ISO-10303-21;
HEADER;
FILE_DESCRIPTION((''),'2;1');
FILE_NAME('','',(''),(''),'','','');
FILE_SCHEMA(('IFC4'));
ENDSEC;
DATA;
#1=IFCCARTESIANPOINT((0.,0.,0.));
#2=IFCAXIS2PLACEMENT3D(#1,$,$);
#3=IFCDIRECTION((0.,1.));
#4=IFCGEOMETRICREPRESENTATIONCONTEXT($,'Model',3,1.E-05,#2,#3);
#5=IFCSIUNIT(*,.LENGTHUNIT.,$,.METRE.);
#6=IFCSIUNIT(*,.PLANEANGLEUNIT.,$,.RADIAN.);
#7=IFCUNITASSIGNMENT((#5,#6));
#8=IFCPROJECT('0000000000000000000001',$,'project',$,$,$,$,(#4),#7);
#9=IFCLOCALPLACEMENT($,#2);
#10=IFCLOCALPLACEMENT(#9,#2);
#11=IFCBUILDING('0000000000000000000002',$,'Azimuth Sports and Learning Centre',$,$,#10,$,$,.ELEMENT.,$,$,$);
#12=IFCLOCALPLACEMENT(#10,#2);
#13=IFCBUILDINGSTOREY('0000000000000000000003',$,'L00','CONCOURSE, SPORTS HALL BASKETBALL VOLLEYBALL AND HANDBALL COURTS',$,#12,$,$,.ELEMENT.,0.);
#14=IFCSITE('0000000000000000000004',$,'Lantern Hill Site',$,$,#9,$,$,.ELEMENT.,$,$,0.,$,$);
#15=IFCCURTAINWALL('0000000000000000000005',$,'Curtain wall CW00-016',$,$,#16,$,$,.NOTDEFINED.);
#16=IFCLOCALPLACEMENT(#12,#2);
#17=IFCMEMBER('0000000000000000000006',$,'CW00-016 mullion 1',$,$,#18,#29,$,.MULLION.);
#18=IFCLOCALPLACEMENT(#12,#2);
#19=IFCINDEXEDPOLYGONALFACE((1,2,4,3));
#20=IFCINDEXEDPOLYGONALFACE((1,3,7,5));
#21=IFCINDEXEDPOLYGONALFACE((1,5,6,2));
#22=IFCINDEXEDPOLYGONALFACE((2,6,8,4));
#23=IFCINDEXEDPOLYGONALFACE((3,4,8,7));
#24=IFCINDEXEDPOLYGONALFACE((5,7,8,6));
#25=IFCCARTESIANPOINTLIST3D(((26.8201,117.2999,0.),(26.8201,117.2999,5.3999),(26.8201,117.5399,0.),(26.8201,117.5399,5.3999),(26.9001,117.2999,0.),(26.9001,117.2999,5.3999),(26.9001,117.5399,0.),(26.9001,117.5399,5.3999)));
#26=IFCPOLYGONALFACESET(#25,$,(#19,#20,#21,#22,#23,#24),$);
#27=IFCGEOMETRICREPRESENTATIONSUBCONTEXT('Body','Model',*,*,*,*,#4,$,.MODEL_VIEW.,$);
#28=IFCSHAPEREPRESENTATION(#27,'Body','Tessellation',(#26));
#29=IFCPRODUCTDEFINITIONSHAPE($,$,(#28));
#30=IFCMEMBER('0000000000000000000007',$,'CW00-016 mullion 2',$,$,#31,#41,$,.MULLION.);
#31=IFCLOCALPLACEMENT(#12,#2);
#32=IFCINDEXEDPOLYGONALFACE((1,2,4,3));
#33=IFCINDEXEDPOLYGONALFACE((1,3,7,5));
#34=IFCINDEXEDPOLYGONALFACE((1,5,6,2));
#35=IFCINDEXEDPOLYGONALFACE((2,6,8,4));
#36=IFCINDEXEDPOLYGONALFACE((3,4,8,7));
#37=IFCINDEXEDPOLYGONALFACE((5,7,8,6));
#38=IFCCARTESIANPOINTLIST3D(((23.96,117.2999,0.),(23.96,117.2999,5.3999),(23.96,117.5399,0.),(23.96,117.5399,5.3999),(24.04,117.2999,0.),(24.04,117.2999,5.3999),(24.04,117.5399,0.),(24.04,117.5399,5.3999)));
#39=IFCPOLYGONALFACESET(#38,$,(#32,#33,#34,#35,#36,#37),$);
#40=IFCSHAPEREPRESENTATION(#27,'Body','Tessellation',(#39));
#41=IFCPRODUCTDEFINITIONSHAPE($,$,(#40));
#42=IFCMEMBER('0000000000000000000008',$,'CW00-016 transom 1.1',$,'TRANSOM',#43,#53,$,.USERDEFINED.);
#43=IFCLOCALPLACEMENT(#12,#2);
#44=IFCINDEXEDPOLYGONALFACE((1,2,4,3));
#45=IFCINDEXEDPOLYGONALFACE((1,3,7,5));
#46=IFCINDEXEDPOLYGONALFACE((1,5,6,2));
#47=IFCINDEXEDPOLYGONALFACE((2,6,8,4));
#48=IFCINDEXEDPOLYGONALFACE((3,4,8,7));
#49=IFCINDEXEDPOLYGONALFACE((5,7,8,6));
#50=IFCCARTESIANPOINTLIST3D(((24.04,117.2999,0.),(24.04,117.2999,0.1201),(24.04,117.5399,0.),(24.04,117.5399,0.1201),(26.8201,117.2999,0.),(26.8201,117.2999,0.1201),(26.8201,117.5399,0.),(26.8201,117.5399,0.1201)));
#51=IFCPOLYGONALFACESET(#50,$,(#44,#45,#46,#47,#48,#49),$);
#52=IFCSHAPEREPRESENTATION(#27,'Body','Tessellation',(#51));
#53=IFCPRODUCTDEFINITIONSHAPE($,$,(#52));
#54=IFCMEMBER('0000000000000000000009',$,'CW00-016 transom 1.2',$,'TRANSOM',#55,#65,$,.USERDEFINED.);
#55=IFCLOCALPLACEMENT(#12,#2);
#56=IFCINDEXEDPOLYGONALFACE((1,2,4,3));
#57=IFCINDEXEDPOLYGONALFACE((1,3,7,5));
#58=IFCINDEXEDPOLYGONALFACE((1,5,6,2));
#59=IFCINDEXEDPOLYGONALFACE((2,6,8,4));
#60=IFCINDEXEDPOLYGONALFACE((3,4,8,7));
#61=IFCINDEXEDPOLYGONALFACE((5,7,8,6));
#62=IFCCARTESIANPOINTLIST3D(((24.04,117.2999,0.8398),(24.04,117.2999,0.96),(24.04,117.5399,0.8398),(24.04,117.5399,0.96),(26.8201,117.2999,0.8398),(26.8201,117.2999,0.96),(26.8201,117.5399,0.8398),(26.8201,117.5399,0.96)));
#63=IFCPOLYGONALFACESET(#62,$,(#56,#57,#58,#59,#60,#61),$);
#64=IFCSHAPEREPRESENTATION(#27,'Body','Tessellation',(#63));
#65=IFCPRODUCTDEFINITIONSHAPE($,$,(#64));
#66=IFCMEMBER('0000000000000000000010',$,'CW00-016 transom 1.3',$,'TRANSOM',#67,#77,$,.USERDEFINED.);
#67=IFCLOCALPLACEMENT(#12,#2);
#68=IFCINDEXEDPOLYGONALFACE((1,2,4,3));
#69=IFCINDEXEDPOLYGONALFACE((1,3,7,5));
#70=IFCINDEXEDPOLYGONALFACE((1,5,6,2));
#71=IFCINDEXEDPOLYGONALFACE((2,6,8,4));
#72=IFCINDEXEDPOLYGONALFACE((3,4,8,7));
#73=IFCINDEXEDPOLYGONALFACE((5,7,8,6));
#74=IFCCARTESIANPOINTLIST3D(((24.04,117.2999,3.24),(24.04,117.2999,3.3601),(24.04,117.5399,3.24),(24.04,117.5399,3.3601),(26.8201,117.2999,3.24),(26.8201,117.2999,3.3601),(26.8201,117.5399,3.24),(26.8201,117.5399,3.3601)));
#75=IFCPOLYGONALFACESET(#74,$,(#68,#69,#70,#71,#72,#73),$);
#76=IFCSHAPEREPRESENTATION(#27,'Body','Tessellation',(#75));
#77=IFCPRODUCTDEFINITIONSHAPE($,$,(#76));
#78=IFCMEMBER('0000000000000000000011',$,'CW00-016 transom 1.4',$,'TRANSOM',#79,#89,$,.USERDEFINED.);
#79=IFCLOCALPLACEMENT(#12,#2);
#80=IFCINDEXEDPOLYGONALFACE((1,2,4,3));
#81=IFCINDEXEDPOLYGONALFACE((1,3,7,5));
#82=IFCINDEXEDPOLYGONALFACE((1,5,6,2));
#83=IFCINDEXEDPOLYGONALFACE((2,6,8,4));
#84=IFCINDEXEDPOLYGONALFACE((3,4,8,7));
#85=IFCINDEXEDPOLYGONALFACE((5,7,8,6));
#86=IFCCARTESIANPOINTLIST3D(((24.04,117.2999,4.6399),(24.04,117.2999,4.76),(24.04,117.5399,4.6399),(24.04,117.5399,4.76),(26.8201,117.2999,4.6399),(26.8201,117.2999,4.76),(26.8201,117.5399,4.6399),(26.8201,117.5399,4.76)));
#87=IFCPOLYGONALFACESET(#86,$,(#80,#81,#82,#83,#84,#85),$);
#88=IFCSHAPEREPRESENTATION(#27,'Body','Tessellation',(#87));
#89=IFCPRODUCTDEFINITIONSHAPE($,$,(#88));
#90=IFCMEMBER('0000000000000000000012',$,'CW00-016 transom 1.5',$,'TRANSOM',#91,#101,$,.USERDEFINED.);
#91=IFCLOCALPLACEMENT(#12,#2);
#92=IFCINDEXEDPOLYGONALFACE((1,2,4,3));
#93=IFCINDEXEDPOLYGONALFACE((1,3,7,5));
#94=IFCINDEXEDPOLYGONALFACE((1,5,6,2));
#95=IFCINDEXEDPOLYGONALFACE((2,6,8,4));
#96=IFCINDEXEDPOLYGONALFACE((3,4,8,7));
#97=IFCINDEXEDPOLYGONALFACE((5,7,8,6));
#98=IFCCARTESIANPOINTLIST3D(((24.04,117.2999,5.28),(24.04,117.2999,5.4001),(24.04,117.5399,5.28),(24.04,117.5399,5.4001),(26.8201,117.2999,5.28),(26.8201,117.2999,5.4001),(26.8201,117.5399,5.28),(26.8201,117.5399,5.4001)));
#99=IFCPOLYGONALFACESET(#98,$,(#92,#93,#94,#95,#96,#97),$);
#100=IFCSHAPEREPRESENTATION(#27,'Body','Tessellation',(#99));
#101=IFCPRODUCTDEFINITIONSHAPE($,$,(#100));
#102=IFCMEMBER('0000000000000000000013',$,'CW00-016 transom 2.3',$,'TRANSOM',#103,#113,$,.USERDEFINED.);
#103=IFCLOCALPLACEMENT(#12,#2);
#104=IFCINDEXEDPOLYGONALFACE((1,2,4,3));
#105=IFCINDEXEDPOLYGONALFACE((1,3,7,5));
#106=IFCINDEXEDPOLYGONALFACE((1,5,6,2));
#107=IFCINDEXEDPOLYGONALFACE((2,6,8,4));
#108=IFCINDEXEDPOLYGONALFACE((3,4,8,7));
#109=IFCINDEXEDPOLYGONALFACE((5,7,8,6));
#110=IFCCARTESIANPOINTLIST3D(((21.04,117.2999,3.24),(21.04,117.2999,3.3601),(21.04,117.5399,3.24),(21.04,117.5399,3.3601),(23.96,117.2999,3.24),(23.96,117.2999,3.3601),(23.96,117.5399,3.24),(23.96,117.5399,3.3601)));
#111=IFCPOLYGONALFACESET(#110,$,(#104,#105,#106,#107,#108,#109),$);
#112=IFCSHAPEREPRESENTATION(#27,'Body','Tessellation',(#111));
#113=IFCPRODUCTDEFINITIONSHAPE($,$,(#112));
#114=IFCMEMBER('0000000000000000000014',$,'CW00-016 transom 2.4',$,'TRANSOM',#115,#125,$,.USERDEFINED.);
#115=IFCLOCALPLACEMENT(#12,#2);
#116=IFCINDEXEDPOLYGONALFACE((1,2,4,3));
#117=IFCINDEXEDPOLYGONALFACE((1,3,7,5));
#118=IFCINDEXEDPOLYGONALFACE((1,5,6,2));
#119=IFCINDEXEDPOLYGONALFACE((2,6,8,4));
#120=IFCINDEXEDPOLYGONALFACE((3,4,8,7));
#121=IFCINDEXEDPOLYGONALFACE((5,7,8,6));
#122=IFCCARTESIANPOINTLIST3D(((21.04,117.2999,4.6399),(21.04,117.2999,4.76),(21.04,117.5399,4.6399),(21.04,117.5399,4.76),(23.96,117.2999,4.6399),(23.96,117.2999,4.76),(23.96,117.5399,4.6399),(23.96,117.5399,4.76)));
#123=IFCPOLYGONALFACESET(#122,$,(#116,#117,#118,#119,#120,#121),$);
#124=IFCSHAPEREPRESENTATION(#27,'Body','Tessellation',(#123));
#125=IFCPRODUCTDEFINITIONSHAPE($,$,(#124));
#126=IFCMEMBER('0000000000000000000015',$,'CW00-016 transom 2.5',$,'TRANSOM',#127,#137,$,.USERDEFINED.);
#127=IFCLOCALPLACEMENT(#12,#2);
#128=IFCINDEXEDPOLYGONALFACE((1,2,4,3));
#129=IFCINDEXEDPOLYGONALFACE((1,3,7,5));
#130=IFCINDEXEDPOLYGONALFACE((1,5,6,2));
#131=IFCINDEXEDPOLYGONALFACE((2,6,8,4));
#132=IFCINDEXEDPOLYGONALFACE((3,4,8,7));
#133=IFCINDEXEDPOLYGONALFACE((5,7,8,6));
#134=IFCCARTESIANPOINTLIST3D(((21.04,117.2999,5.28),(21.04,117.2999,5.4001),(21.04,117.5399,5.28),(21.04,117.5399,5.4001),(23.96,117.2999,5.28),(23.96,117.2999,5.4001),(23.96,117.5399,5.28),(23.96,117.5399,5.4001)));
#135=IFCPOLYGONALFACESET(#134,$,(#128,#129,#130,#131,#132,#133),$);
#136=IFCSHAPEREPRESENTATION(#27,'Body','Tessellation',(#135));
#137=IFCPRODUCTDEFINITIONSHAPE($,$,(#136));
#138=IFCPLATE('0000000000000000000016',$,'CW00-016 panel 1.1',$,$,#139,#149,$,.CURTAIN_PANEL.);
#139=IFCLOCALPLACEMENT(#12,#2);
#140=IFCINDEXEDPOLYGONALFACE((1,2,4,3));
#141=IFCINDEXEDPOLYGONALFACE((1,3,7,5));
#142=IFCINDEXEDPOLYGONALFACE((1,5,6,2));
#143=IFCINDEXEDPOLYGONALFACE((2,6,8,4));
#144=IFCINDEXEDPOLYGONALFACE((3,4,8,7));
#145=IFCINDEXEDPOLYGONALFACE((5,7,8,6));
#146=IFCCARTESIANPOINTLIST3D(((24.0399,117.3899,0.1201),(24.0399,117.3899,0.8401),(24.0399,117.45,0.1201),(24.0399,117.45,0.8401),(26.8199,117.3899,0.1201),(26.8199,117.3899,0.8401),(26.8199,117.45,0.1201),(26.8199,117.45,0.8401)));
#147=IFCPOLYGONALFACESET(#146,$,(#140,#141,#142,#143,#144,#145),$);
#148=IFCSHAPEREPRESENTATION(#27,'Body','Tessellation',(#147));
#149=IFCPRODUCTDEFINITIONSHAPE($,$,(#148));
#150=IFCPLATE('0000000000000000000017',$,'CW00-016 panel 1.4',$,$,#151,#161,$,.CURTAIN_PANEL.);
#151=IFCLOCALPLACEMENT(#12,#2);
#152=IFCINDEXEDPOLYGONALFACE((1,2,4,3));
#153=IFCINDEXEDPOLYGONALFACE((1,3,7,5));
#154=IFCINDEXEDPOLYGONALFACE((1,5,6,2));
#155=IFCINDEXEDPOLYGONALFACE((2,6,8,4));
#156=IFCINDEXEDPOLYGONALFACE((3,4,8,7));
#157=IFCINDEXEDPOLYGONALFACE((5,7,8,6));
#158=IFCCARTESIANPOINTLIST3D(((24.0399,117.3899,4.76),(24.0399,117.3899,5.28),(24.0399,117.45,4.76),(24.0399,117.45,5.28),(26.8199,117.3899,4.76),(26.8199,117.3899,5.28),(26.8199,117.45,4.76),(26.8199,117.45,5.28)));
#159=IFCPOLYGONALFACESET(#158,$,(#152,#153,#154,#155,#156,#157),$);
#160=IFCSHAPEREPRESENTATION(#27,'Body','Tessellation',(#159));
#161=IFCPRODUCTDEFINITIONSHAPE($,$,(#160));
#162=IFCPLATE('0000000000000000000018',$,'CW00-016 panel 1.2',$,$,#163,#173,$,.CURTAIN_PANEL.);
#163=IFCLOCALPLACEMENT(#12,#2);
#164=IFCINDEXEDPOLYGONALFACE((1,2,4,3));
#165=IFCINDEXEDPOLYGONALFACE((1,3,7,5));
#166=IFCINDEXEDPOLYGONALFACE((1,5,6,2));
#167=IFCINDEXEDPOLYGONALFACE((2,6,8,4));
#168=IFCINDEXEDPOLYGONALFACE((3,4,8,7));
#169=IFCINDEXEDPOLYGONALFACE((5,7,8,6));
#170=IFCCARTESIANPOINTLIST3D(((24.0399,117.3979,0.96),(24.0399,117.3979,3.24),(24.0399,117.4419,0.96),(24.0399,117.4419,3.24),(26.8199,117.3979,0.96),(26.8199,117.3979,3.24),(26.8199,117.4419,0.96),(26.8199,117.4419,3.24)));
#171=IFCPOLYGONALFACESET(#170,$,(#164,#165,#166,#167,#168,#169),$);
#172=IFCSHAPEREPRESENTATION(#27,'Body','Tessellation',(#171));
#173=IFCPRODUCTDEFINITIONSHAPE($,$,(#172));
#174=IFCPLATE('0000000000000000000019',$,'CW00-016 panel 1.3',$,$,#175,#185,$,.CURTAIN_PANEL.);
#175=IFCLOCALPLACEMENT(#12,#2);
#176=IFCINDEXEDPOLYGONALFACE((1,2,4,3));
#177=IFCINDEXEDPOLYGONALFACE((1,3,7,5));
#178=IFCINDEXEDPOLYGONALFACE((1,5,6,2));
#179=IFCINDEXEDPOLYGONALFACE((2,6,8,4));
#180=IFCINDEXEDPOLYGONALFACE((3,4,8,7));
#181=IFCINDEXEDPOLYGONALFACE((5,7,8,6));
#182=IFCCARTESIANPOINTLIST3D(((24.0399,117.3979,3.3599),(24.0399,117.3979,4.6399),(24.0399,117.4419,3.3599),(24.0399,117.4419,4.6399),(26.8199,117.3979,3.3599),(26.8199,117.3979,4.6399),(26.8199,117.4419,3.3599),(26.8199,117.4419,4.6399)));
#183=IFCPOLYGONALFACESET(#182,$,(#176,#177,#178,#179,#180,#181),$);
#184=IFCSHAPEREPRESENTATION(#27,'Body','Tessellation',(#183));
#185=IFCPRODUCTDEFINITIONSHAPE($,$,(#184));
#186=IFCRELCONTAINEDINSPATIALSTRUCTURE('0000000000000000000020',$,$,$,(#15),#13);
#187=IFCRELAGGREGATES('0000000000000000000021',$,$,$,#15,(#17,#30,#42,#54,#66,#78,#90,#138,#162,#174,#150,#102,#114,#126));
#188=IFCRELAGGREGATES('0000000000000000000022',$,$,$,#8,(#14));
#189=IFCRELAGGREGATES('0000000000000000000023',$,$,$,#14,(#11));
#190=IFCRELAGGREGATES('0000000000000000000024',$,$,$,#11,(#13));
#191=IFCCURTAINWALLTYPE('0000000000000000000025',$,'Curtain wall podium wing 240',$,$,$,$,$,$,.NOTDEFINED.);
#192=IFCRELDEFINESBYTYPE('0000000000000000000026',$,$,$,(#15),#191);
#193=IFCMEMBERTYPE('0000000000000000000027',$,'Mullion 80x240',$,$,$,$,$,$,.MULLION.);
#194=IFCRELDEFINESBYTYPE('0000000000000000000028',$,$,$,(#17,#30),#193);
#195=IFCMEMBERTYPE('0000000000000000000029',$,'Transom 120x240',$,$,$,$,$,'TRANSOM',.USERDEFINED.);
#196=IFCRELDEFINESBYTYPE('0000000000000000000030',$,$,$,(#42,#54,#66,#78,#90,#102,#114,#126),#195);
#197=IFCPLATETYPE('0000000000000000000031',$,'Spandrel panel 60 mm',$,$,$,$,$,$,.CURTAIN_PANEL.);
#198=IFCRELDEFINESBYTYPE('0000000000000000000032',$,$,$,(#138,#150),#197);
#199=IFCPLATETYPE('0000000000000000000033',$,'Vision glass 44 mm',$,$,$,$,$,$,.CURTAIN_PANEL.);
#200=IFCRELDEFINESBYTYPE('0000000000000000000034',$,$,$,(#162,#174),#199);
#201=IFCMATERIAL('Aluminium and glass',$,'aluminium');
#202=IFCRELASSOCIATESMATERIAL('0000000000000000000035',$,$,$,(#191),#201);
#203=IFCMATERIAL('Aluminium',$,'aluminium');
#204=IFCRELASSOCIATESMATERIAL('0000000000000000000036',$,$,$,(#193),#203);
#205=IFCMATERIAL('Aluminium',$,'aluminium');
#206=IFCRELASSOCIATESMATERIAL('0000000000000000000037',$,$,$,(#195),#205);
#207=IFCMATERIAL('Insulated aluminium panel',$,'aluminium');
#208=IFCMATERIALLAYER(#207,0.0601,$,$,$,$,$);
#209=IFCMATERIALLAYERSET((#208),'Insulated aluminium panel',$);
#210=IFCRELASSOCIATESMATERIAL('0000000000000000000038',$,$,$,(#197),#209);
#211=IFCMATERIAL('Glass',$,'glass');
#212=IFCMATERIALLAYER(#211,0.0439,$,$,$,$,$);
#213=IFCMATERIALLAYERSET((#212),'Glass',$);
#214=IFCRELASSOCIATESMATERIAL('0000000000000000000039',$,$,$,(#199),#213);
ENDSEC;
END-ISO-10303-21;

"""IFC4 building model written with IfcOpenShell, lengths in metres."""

from ifc_helpers import new_model, si_unit, direction, frame, origin, origin_2d, place, context, subcontext, project, spatial, rectangle, extrude, material, layer, layer_set, material_profile, profile_set, type_object, element, aggregate, save


model = new_model("IFC4")

# Units and contexts
model_context = context("Model", 3, precision=1e-05, world=origin(), true_north=direction((0.0, 1.0)))
body_context = subcontext(model_context, "Body", "Model", "MODEL_VIEW")
ifc_project = project(units=[si_unit("LENGTHUNIT", "METRE"), si_unit("PLANEANGLEUNIT", "RADIAN")], contexts=[model_context])

# Site, building, storey
site_placement = place(None, origin())
site = spatial("IfcSite", under=ifc_project, at=site_placement, Name="Lantern Hill Site", CompositionType="ELEMENT", RefElevation=0.0)
building_placement = place(site_placement, origin())
building = spatial("IfcBuilding", under=site, at=building_placement, Name="Azimuth Sports and Learning Centre", CompositionType="ELEMENT")
storey_placement = place(building_placement, origin())
storey = spatial("IfcBuildingStorey", under=building, at=storey_placement, Name="L00", Description="CONCOURSE, SPORTS HALL BASKETBALL VOLLEYBALL AND HANDBALL COURTS", CompositionType="ELEMENT", Elevation=0.0)

# Curtain wall, members, plates
ifc_material_1 = material(Name="Aluminium and glass", Category="aluminium")
curtain_wall_type = type_object("IfcCurtainWallType", Name="Curtain wall podium wing 240", PredefinedType="NOTDEFINED", material=ifc_material_1)
curtain_wall_placement = place(storey_placement, origin())
curtain_wall = element("IfcCurtainWall", 1, at=curtain_wall_placement, inside=storey, type_object=curtain_wall_type, Name="Curtain wall CW00-016", PredefinedType="NOTDEFINED")
ifc_material_2 = material(Name="Aluminium", Category="aluminium")
ifc_material_profile_1 = material_profile(ifc_material_2, rectangle(XDim=0.24, YDim=0.0801, at=origin_2d()), Name="Mullion 80x240")
ifc_profile_set_1 = profile_set([ifc_material_profile_1], Name="Aluminium")
member_type_1 = type_object("IfcMemberType", Name="Mullion 80x240", PredefinedType="MULLION", material=ifc_profile_set_1)
member_1_placement = place(storey_placement, frame((26.8601, 117.4199, 0.0), z_axis=(0.0, 0.0, 1.0), x_axis=(0.0, -1.0, 0.0)))
member_1 = element("IfcMember", 2, at=member_1_placement, type_object=member_type_1, Name="CW00-016 mullion 1", PredefinedType="MULLION", context=body_context, shape_type="SweptSolid", body=[
    extrude(rectangle(XDim=0.24, YDim=0.0801, at=origin_2d()), origin(), (0.0, 0.0, 1.0), 5.3999),
])
member_2_placement = place(storey_placement, frame((24.0, 117.4199, 0.0), z_axis=(0.0, 0.0, 1.0), x_axis=(0.0, -1.0, 0.0)))
member_2 = element("IfcMember", 3, at=member_2_placement, type_object=member_type_1, Name="CW00-016 mullion 2", PredefinedType="MULLION", context=body_context, shape_type="SweptSolid", body=[
    extrude(rectangle(XDim=0.24, YDim=0.0801, at=origin_2d()), origin(), (0.0, 0.0, 1.0), 5.3999),
])
ifc_material_3 = material(Name="Aluminium", Category="aluminium")
ifc_material_profile_2 = material_profile(ifc_material_3, rectangle(XDim=0.24, YDim=0.1201, at=origin_2d()), Name="Transom 120x240")
ifc_profile_set_2 = profile_set([ifc_material_profile_2], Name="Aluminium")
member_type_2 = type_object("IfcMemberType", Name="Transom 120x240", ElementType="TRANSOM", PredefinedType="USERDEFINED", material=ifc_profile_set_2)
member_3_placement = place(storey_placement, frame((26.8201, 117.4199, 0.0601), z_axis=(-1.0, 0.0, 0.0), x_axis=(0.0, -1.0, 0.0)))
member_3 = element("IfcMember", 4, at=member_3_placement, type_object=member_type_2, Name="CW00-016 transom 1.1", ObjectType="TRANSOM", PredefinedType="USERDEFINED", context=body_context, shape_type="SweptSolid", body=[
    extrude(rectangle(XDim=0.24, YDim=0.1201, at=origin_2d()), origin(), (0.0, 0.0, 1.0), 2.78),
])
member_4_placement = place(storey_placement, frame((26.8201, 117.4199, 0.8999), z_axis=(-1.0, 0.0, 0.0), x_axis=(0.0, -1.0, 0.0)))
member_4 = element("IfcMember", 5, at=member_4_placement, type_object=member_type_2, Name="CW00-016 transom 1.2", ObjectType="TRANSOM", PredefinedType="USERDEFINED", context=body_context, shape_type="SweptSolid", body=[
    extrude(rectangle(XDim=0.24, YDim=0.1201, at=origin_2d()), origin(), (0.0, 0.0, 1.0), 2.78),
])
member_5_placement = place(storey_placement, frame((26.8201, 117.4199, 3.3), z_axis=(-1.0, 0.0, 0.0), x_axis=(0.0, -1.0, 0.0)))
member_5 = element("IfcMember", 6, at=member_5_placement, type_object=member_type_2, Name="CW00-016 transom 1.3", ObjectType="TRANSOM", PredefinedType="USERDEFINED", context=body_context, shape_type="SweptSolid", body=[
    extrude(rectangle(XDim=0.24, YDim=0.1201, at=origin_2d()), origin(), (0.0, 0.0, 1.0), 2.78),
])
member_6_placement = place(storey_placement, frame((26.8201, 117.4199, 4.7), z_axis=(-1.0, 0.0, 0.0), x_axis=(0.0, -1.0, 0.0)))
member_6 = element("IfcMember", 7, at=member_6_placement, type_object=member_type_2, Name="CW00-016 transom 1.4", ObjectType="TRANSOM", PredefinedType="USERDEFINED", context=body_context, shape_type="SweptSolid", body=[
    extrude(rectangle(XDim=0.24, YDim=0.1201, at=origin_2d()), origin(), (0.0, 0.0, 1.0), 2.78),
])
member_7_placement = place(storey_placement, frame((26.8201, 117.4199, 5.3401), z_axis=(-1.0, 0.0, 0.0), x_axis=(0.0, -1.0, 0.0)))
member_7 = element("IfcMember", 8, at=member_7_placement, type_object=member_type_2, Name="CW00-016 transom 1.5", ObjectType="TRANSOM", PredefinedType="USERDEFINED", context=body_context, shape_type="SweptSolid", body=[
    extrude(rectangle(XDim=0.24, YDim=0.1201, at=origin_2d()), origin(), (0.0, 0.0, 1.0), 2.78),
])
member_8_placement = place(storey_placement, frame((23.96, 117.4199, 3.3), z_axis=(-1.0, 0.0, 0.0), x_axis=(0.0, -1.0, 0.0)))
member_8 = element("IfcMember", 9, at=member_8_placement, type_object=member_type_2, Name="CW00-016 transom 2.3", ObjectType="TRANSOM", PredefinedType="USERDEFINED", context=body_context, shape_type="SweptSolid", body=[
    extrude(rectangle(XDim=0.24, YDim=0.1201, at=origin_2d()), origin(), (0.0, 0.0, 1.0), 2.9199),
])
member_9_placement = place(storey_placement, frame((23.96, 117.4199, 4.7), z_axis=(-1.0, 0.0, 0.0), x_axis=(0.0, -1.0, 0.0)))
member_9 = element("IfcMember", 10, at=member_9_placement, type_object=member_type_2, Name="CW00-016 transom 2.4", ObjectType="TRANSOM", PredefinedType="USERDEFINED", context=body_context, shape_type="SweptSolid", body=[
    extrude(rectangle(XDim=0.24, YDim=0.1201, at=origin_2d()), origin(), (0.0, 0.0, 1.0), 2.9199),
])
member_10_placement = place(storey_placement, frame((23.96, 117.4199, 5.3401), z_axis=(-1.0, 0.0, 0.0), x_axis=(0.0, -1.0, 0.0)))
member_10 = element("IfcMember", 11, at=member_10_placement, type_object=member_type_2, Name="CW00-016 transom 2.5", ObjectType="TRANSOM", PredefinedType="USERDEFINED", context=body_context, shape_type="SweptSolid", body=[
    extrude(rectangle(XDim=0.24, YDim=0.1201, at=origin_2d()), origin(), (0.0, 0.0, 1.0), 2.9199),
])
ifc_material_4 = material(Name="Insulated aluminium panel", Category="aluminium")
ifc_layer_1 = layer(ifc_material_4, 0.0601)
ifc_layer_set_1 = layer_set([ifc_layer_1], Name="Insulated aluminium panel")
plate_type_1 = type_object("IfcPlateType", Name="Spandrel panel 60 mm", PredefinedType="CURTAIN_PANEL", material=ifc_layer_set_1)
plate_1_placement = place(storey_placement, frame((25.4299, 117.4199, 0.1201), z_axis=(0.0, 0.0, 1.0), x_axis=(-1.0, 0.0, 0.0)))
plate_1 = element("IfcPlate", 12, at=plate_1_placement, type_object=plate_type_1, Name="CW00-016 panel 1.1", PredefinedType="CURTAIN_PANEL", context=body_context, shape_type="SweptSolid", body=[
    extrude(rectangle(XDim=2.78, YDim=0.0601, at=origin_2d()), origin(), (0.0, 0.0, 1.0), 0.72),
])
plate_2_placement = place(storey_placement, frame((25.4299, 117.4199, 4.76), z_axis=(0.0, 0.0, 1.0), x_axis=(-1.0, 0.0, 0.0)))
plate_2 = element("IfcPlate", 13, at=plate_2_placement, type_object=plate_type_1, Name="CW00-016 panel 1.4", PredefinedType="CURTAIN_PANEL", context=body_context, shape_type="SweptSolid", body=[
    extrude(rectangle(XDim=2.78, YDim=0.0601, at=origin_2d()), origin(), (0.0, 0.0, 1.0), 0.52),
])
ifc_material_5 = material(Name="Glass", Category="glass")
ifc_layer_2 = layer(ifc_material_5, 0.0439)
ifc_layer_set_2 = layer_set([ifc_layer_2], Name="Glass")
plate_type_2 = type_object("IfcPlateType", Name="Vision glass 44 mm", PredefinedType="CURTAIN_PANEL", material=ifc_layer_set_2)
plate_3_placement = place(storey_placement, frame((25.4299, 117.4199, 0.96), z_axis=(0.0, 0.0, 1.0), x_axis=(-1.0, 0.0, 0.0)))
plate_3 = element("IfcPlate", 14, at=plate_3_placement, type_object=plate_type_2, Name="CW00-016 panel 1.2", PredefinedType="CURTAIN_PANEL", context=body_context, shape_type="SweptSolid", body=[
    extrude(rectangle(XDim=2.78, YDim=0.0439, at=origin_2d()), origin(), (0.0, 0.0, 1.0), 2.28),
])
plate_4_placement = place(storey_placement, frame((25.4299, 117.4199, 3.3599), z_axis=(0.0, 0.0, 1.0), x_axis=(-1.0, 0.0, 0.0)))
plate_4 = element("IfcPlate", 15, at=plate_4_placement, type_object=plate_type_2, Name="CW00-016 panel 1.3", PredefinedType="CURTAIN_PANEL", context=body_context, shape_type="SweptSolid", body=[
    extrude(rectangle(XDim=2.78, YDim=0.0439, at=origin_2d()), origin(), (0.0, 0.0, 1.0), 1.28),
])
aggregate(curtain_wall, [member_1, member_2, member_3, member_4, member_5, member_6, member_7, plate_1, plate_3, plate_4, plate_2, member_8, member_9, member_10])

save(model, "model.ifc")
